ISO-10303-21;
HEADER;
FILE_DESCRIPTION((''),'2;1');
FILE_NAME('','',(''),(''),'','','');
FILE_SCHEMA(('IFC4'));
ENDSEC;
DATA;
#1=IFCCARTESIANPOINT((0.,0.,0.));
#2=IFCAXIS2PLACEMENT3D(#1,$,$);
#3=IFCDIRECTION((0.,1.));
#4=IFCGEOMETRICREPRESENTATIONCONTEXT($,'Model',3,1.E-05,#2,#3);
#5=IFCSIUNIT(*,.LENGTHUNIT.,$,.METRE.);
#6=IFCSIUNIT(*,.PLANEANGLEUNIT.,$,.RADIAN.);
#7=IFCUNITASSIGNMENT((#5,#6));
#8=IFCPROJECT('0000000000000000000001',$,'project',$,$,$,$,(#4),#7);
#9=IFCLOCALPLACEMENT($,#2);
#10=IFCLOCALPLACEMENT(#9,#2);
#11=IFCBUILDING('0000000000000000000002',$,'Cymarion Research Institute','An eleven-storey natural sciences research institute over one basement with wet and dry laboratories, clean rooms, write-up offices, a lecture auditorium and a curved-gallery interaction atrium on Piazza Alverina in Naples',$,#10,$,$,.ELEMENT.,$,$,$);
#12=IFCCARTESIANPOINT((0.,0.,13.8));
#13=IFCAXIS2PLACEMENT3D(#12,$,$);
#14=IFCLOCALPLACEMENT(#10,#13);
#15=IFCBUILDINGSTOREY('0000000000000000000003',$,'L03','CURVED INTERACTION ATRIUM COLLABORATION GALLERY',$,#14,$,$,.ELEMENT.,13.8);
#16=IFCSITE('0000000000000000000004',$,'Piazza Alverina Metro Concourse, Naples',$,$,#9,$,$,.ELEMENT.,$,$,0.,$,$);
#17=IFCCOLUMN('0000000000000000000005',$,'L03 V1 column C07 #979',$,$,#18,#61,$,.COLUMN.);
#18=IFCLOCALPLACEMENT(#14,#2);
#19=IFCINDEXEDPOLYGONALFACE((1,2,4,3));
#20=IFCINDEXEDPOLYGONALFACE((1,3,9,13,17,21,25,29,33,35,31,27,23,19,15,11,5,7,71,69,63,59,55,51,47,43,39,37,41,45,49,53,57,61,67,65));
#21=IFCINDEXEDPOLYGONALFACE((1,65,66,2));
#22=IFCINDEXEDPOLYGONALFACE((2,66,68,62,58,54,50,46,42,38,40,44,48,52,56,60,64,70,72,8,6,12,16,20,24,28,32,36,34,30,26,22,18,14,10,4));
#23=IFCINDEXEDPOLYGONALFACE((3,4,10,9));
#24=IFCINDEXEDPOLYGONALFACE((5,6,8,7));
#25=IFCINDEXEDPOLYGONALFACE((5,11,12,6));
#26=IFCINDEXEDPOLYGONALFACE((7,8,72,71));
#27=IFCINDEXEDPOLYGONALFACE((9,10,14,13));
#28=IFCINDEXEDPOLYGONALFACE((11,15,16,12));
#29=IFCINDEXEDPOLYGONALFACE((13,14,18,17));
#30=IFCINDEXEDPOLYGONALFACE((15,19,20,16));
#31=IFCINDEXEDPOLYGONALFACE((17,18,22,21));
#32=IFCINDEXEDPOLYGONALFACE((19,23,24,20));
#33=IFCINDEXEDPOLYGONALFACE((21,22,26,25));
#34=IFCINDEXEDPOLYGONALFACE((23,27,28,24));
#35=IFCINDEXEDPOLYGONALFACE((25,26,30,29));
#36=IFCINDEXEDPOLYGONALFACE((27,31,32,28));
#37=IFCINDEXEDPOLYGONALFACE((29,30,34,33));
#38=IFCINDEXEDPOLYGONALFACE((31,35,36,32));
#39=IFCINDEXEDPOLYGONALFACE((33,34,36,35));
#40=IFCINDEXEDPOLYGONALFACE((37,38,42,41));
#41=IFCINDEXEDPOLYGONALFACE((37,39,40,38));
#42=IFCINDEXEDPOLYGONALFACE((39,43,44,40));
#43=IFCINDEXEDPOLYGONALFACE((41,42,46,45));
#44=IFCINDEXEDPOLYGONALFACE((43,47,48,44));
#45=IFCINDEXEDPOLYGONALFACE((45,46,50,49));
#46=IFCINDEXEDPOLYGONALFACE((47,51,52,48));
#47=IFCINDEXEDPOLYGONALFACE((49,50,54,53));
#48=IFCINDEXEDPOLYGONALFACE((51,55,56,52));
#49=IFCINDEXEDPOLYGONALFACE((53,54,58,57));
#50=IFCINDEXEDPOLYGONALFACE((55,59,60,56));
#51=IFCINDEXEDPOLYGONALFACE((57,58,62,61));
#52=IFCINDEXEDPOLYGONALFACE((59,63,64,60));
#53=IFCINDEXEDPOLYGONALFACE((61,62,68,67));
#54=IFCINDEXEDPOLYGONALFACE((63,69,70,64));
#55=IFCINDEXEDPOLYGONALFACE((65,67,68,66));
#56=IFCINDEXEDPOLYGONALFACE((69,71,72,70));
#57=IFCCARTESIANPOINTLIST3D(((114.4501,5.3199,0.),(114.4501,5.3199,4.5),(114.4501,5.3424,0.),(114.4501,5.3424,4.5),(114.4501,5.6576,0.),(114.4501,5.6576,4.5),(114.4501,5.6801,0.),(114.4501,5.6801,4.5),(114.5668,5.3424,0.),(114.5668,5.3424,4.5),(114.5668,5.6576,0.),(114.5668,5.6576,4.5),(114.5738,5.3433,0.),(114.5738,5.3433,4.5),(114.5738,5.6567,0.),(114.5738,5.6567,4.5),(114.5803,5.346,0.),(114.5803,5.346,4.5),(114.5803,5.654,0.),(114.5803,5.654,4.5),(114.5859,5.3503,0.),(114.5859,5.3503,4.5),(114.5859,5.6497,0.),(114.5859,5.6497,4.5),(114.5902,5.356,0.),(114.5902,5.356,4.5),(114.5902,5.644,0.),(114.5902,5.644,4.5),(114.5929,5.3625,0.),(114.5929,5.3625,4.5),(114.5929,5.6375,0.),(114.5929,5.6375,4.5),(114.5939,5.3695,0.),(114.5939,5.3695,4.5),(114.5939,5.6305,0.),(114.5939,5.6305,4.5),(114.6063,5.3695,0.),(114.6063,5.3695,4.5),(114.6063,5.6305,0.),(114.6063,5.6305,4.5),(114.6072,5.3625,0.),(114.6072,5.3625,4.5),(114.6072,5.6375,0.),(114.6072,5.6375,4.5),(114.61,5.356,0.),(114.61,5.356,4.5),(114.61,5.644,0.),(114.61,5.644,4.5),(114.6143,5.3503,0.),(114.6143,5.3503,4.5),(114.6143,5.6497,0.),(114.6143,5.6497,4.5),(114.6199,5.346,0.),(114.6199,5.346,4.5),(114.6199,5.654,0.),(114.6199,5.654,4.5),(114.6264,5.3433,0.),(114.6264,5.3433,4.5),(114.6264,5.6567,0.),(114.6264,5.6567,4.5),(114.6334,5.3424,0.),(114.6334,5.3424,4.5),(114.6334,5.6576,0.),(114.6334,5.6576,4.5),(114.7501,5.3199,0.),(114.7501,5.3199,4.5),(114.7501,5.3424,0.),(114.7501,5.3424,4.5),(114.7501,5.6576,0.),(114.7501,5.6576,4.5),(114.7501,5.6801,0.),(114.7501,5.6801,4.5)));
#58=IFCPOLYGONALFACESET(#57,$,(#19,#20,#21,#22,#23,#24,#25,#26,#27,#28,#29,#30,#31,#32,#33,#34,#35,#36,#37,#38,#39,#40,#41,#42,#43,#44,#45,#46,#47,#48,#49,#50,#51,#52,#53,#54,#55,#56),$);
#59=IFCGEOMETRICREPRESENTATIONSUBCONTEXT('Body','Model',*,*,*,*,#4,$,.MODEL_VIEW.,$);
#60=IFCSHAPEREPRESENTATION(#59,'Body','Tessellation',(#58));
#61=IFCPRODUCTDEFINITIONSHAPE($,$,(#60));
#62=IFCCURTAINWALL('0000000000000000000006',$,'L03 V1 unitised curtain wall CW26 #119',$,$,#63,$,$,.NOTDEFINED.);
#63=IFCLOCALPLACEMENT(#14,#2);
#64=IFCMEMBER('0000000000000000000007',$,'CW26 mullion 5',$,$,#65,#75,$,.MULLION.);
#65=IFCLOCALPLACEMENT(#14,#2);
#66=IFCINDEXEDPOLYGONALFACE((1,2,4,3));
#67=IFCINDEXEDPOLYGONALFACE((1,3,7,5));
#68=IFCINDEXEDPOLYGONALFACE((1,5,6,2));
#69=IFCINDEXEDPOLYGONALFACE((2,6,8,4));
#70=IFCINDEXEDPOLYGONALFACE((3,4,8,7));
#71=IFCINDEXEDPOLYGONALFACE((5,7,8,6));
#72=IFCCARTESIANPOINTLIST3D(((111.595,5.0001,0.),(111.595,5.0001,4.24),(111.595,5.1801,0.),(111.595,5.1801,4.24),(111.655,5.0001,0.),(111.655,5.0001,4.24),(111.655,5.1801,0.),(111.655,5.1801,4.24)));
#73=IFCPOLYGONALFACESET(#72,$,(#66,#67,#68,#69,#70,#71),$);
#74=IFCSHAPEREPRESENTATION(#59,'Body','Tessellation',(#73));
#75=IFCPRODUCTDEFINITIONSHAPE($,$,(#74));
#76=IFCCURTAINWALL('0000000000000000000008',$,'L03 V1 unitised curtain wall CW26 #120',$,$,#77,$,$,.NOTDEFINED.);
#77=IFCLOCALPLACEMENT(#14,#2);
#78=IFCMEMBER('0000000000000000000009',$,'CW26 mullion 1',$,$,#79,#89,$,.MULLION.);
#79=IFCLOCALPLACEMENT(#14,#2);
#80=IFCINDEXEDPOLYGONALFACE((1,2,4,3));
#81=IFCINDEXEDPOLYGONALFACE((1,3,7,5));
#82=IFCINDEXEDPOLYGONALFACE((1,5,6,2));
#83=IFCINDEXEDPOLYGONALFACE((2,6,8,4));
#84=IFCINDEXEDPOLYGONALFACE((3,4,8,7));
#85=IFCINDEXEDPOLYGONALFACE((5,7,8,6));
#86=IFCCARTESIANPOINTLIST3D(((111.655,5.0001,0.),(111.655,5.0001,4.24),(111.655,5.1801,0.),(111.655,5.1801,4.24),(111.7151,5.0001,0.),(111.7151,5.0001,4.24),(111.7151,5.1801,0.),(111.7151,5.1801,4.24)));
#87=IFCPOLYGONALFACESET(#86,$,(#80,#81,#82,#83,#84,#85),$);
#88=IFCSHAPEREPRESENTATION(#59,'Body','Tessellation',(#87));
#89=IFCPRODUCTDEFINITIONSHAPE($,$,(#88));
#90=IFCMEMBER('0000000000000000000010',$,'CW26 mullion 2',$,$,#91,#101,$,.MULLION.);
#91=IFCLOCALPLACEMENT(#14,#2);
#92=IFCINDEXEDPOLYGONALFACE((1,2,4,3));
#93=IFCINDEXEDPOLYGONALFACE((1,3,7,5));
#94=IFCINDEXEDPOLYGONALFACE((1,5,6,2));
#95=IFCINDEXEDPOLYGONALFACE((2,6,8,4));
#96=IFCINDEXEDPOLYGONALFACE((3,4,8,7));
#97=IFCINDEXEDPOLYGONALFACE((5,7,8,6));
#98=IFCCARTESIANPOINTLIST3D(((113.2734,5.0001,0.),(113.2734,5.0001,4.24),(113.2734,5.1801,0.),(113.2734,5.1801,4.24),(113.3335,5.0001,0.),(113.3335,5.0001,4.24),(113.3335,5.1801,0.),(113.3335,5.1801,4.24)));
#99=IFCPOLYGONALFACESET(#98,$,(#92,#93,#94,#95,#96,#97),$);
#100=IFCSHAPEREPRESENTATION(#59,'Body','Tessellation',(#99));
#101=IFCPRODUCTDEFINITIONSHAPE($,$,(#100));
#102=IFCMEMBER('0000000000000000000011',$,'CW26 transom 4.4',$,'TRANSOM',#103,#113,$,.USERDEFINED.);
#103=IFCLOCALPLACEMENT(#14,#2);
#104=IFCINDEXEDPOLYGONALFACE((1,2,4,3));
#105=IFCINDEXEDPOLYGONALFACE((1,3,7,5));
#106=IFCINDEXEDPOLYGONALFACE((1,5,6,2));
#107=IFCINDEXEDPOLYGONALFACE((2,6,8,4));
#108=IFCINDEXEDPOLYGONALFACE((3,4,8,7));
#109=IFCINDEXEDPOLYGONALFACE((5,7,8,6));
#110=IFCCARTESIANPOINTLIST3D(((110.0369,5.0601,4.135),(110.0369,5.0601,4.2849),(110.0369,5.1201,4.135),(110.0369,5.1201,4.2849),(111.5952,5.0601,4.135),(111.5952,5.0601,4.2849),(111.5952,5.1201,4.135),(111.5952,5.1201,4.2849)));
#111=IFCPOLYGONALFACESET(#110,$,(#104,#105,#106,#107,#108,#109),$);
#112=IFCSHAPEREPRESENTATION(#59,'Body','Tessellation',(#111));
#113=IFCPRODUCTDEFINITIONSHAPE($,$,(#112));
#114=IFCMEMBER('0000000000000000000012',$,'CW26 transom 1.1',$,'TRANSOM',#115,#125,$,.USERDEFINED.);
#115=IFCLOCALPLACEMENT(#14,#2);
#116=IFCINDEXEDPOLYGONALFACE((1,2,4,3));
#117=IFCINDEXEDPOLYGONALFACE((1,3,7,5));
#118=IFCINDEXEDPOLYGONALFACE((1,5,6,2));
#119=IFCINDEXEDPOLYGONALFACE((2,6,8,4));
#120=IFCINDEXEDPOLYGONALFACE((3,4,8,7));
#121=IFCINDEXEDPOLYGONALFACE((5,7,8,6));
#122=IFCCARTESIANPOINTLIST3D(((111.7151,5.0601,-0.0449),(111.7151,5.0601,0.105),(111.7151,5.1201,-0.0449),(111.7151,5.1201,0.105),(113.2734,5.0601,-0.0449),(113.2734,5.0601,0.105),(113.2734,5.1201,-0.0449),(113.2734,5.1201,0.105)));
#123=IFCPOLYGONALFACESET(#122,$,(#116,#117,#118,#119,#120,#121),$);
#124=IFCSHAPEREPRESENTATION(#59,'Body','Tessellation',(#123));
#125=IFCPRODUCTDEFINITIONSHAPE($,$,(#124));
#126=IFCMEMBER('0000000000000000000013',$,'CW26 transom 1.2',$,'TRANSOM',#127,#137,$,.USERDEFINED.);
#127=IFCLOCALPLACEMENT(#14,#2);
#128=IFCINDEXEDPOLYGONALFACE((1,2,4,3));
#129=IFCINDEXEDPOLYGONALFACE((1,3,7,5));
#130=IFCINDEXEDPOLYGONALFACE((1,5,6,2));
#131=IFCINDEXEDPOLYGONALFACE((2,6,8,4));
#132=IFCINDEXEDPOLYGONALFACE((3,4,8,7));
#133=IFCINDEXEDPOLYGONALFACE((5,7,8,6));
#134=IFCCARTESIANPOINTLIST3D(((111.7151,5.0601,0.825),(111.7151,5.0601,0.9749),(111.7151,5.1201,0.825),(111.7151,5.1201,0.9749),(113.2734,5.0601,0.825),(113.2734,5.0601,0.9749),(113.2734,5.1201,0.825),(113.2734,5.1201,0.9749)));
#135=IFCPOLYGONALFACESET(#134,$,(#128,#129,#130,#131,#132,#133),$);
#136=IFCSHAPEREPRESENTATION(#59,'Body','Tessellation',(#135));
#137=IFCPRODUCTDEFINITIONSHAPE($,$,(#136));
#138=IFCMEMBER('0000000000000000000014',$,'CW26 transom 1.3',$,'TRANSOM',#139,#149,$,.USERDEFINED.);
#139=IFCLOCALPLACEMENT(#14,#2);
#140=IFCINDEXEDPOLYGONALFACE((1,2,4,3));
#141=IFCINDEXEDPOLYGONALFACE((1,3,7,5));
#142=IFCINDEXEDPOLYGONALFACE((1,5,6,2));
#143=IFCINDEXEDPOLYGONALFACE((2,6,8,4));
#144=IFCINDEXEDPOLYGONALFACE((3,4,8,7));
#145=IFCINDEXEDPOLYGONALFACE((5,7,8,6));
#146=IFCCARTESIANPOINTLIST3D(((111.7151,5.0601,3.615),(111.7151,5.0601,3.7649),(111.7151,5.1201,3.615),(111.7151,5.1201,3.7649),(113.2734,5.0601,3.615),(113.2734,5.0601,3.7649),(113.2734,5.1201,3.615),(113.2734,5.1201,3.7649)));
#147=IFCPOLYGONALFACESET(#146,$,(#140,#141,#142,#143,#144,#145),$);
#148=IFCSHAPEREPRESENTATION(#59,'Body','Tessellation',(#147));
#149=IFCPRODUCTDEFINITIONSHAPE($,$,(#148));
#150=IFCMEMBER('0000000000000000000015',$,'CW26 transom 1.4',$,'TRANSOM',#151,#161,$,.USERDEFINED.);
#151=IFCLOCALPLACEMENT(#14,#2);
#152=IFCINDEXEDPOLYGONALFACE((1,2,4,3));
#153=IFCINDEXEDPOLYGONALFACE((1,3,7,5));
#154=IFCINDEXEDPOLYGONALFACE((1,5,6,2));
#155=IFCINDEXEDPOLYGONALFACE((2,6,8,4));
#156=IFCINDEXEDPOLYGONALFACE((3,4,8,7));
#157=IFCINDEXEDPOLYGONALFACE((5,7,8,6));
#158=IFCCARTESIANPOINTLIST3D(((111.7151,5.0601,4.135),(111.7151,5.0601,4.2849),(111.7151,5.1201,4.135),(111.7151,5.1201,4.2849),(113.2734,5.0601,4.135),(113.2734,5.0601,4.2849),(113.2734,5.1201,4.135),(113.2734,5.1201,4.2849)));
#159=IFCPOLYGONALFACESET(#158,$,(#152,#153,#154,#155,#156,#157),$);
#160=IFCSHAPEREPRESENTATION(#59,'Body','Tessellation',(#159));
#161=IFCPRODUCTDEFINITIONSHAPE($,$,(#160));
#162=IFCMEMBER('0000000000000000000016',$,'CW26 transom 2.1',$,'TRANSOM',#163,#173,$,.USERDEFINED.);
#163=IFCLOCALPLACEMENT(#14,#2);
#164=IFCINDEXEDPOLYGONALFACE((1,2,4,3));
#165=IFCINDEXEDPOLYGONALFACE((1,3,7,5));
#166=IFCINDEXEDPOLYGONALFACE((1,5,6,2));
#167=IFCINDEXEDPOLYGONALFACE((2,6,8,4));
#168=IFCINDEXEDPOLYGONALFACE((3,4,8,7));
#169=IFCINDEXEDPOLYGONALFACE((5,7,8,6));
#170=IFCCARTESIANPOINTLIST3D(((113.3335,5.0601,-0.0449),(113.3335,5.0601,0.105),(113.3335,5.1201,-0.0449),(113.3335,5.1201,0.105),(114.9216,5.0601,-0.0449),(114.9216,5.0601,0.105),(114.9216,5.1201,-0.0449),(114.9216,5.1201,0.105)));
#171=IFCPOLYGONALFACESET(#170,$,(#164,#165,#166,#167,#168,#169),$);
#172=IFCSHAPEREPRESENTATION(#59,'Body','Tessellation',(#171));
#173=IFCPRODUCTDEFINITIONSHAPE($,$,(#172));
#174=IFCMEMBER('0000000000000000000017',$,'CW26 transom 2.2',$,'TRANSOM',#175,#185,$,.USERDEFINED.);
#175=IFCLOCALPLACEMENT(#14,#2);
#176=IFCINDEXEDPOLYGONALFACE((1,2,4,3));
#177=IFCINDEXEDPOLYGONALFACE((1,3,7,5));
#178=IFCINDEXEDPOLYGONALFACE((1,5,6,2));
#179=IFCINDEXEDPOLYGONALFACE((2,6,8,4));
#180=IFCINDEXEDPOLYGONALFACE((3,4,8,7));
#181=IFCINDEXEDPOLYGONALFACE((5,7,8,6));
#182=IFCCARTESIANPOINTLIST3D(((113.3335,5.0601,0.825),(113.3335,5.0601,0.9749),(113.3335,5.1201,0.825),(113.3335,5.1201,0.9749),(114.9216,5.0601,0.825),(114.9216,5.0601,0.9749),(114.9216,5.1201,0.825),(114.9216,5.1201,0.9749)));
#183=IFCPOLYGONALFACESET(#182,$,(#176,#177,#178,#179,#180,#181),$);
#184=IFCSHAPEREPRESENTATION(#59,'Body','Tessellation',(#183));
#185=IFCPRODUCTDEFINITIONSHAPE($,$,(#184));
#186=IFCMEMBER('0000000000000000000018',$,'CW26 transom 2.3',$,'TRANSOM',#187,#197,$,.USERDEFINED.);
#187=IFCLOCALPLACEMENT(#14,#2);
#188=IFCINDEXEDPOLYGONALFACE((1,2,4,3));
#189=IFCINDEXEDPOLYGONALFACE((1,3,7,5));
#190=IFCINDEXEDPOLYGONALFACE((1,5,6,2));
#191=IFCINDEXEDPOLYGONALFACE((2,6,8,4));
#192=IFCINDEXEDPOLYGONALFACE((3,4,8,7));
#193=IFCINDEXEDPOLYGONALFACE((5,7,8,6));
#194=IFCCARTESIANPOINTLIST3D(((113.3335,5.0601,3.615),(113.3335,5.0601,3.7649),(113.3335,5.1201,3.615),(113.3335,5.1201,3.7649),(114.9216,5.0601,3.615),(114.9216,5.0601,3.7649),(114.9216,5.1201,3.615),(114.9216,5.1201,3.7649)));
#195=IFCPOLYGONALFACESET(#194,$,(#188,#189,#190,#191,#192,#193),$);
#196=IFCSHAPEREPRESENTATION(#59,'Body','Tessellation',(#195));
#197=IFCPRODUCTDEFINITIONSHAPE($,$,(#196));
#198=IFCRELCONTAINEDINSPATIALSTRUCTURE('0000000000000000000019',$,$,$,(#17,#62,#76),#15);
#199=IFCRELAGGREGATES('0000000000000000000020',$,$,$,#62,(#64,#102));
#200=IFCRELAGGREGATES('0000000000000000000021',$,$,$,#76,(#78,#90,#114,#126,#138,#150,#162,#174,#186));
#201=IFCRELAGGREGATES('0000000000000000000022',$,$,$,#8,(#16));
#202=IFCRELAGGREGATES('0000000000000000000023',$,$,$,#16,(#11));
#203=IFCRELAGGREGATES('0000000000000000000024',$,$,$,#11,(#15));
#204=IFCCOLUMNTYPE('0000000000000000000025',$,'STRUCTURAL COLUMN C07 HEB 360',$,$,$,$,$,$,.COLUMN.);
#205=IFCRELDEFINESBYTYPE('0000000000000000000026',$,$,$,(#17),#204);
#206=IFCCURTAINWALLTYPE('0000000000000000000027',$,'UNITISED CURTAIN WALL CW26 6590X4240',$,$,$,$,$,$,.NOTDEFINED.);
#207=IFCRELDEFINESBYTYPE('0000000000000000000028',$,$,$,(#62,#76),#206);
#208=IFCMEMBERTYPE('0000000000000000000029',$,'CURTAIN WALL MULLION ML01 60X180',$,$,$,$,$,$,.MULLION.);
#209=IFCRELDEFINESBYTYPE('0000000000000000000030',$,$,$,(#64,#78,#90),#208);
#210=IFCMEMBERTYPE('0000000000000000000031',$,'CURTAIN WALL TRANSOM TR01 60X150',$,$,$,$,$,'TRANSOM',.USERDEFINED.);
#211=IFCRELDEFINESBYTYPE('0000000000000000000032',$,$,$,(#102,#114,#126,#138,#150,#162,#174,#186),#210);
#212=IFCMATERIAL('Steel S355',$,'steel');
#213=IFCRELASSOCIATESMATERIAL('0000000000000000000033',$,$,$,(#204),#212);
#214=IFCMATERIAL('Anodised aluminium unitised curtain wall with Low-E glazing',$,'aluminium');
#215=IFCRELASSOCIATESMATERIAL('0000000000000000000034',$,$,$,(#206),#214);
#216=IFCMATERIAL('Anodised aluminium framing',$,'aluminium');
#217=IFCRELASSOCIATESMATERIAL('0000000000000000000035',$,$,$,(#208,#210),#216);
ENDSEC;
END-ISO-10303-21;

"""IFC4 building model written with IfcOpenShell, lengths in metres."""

from ifc_helpers import new_model, si_unit, direction, frame, origin, origin_2d, place, context, subcontext, project, spatial, rectangle, i_section, extrude, material, material_profile, profile_set, type_object, element, aggregate, save


model = new_model("IFC4")

# Units and contexts
model_context = context("Model", 3, precision=1e-05, world=origin(), true_north=direction((0.0, 1.0)))
body_context = subcontext(model_context, "Body", "Model", "MODEL_VIEW")
ifc_project = project(units=[si_unit("LENGTHUNIT", "METRE"), si_unit("PLANEANGLEUNIT", "RADIAN")], contexts=[model_context])

# Site, building, storey
site_placement = place(None, origin())
site = spatial("IfcSite", under=ifc_project, at=site_placement, Name="Piazza Alverina Metro Concourse, Naples", CompositionType="ELEMENT", RefElevation=0.0)
building_placement = place(site_placement, origin())
building = spatial("IfcBuilding", under=site, at=building_placement, Name="Cymarion Research Institute", Description="An eleven-storey natural sciences research institute over one basement with wet and dry laboratories, clean rooms, write-up offices, a lecture auditorium and a curved-gallery interaction atrium on Piazza Alverina in Naples", CompositionType="ELEMENT")
storey_placement = place(building_placement, frame((0.0, 0.0, 13.8)))
storey = spatial("IfcBuildingStorey", under=building, at=storey_placement, Name="L03", Description="CURVED INTERACTION ATRIUM COLLABORATION GALLERY", CompositionType="ELEMENT", Elevation=13.8)

# Column
ifc_material_1 = material(Name="Steel S355", Category="steel")
ifc_material_profile_1 = material_profile(ifc_material_1, i_section(OverallWidth=0.3, OverallDepth=0.3601, WebThickness=0.0125, FlangeThickness=0.0225, FilletRadius=0.0271, at=origin_2d()), Name="HEB 360")
ifc_profile_set_1 = profile_set([ifc_material_profile_1], Name="Steel S355")
column_type = type_object("IfcColumnType", Name="STRUCTURAL COLUMN C07 HEB 360", PredefinedType="COLUMN", material=ifc_profile_set_1)
column_placement = place(storey_placement, frame((114.6001, 5.5, 0.0), z_axis=(0.0, 0.0, 1.0), x_axis=(1.0, 0.0, 0.0)))
element("IfcColumn", 1, at=column_placement, inside=storey, type_object=column_type, Name="L03 V1 column C07 #979", PredefinedType="COLUMN", context=body_context, shape_type="SweptSolid", body=[
    extrude(i_section(OverallWidth=0.3, OverallDepth=0.3601, WebThickness=0.0125, FlangeThickness=0.0225, FilletRadius=0.0271, at=origin_2d()), origin(), (0.0, 0.0, 1.0), 4.5),
])

# Curtain wall, member
ifc_material_2 = material(Name="Anodised aluminium unitised curtain wall with Low-E glazing", Category="aluminium")
curtain_wall_type = type_object("IfcCurtainWallType", Name="UNITISED CURTAIN WALL CW26 6590X4240", PredefinedType="NOTDEFINED", material=ifc_material_2)
curtain_wall_1_placement = place(storey_placement, origin())
curtain_wall_1 = element("IfcCurtainWall", 2, at=curtain_wall_1_placement, inside=storey, type_object=curtain_wall_type, Name="L03 V1 unitised curtain wall CW26 #119", PredefinedType="NOTDEFINED")
ifc_material_3 = material(Name="Anodised aluminium framing", Category="aluminium")
ifc_material_profile_2 = material_profile(ifc_material_3, rectangle(XDim=0.0601, YDim=0.1799, at=origin_2d()), Name="ALU MULLION 60x180")
ifc_profile_set_2 = profile_set([ifc_material_profile_2], Name="Anodised aluminium framing")
member_type_1 = type_object("IfcMemberType", Name="CURTAIN WALL MULLION ML01 60X180", PredefinedType="MULLION", material=ifc_profile_set_2)
member_1_placement = place(storey_placement, frame((111.625, 5.0901, 0.0), z_axis=(0.0, 0.0, 1.0), x_axis=(1.0, 0.0, 0.0)))
member_1 = element("IfcMember", 3, at=member_1_placement, type_object=member_type_1, Name="CW26 mullion 5", PredefinedType="MULLION", context=body_context, shape_type="SweptSolid", body=[
    extrude(rectangle(XDim=0.0601, YDim=0.1799, at=origin_2d()), origin(), (0.0, 0.0, 1.0), 4.24),
])

# Curtain wall, members
curtain_wall_2_placement = place(storey_placement, origin())
curtain_wall_2 = element("IfcCurtainWall", 4, at=curtain_wall_2_placement, inside=storey, type_object=curtain_wall_type, Name="L03 V1 unitised curtain wall CW26 #120", PredefinedType="NOTDEFINED")
member_2_placement = place(storey_placement, frame((111.6851, 5.0901, 0.0), z_axis=(0.0, 0.0, 1.0), x_axis=(1.0, 0.0, 0.0)))
member_2 = element("IfcMember", 5, at=member_2_placement, type_object=member_type_1, Name="CW26 mullion 1", PredefinedType="MULLION", context=body_context, shape_type="SweptSolid", body=[
    extrude(rectangle(XDim=0.0601, YDim=0.1799, at=origin_2d()), origin(), (0.0, 0.0, 1.0), 4.24),
])
member_3_placement = place(storey_placement, frame((113.3035, 5.0901, 0.0), z_axis=(0.0, 0.0, 1.0), x_axis=(1.0, 0.0, 0.0)))
member_3 = element("IfcMember", 6, at=member_3_placement, type_object=member_type_1, Name="CW26 mullion 2", PredefinedType="MULLION", context=body_context, shape_type="SweptSolid", body=[
    extrude(rectangle(XDim=0.0601, YDim=0.1799, at=origin_2d()), origin(), (0.0, 0.0, 1.0), 4.24),
])

# Members
ifc_material_profile_3 = material_profile(ifc_material_3, rectangle(XDim=0.0601, YDim=0.1499, at=origin_2d()), Name="ALU TRANSOM 60x150")
ifc_profile_set_3 = profile_set([ifc_material_profile_3], Name="Anodised aluminium framing")
member_type_2 = type_object("IfcMemberType", Name="CURTAIN WALL TRANSOM TR01 60X150", ElementType="TRANSOM", PredefinedType="USERDEFINED", material=ifc_profile_set_3)
member_4_placement = place(storey_placement, frame((110.0369, 5.0901, 4.21), z_axis=(1.0, 0.0, 0.0), x_axis=(0.0, 1.0, 0.0)))
member_4 = element("IfcMember", 7, at=member_4_placement, type_object=member_type_2, Name="CW26 transom 4.4", ObjectType="TRANSOM", PredefinedType="USERDEFINED", context=body_context, shape_type="SweptSolid", body=[
    extrude(rectangle(XDim=0.0601, YDim=0.1499, at=origin_2d()), origin(), (0.0, 0.0, 1.0), 1.5583),
])
member_5_placement = place(storey_placement, frame((111.7151, 5.0901, 0.03), z_axis=(1.0, 0.0, 0.0), x_axis=(0.0, 1.0, 0.0)))
member_5 = element("IfcMember", 8, at=member_5_placement, type_object=member_type_2, Name="CW26 transom 1.1", ObjectType="TRANSOM", PredefinedType="USERDEFINED", context=body_context, shape_type="SweptSolid", body=[
    extrude(rectangle(XDim=0.0601, YDim=0.1499, at=origin_2d()), origin(), (0.0, 0.0, 1.0), 1.5583),
])
member_6_placement = place(storey_placement, frame((111.7151, 5.0901, 0.8999), z_axis=(1.0, 0.0, 0.0), x_axis=(0.0, 1.0, 0.0)))
member_6 = element("IfcMember", 9, at=member_6_placement, type_object=member_type_2, Name="CW26 transom 1.2", ObjectType="TRANSOM", PredefinedType="USERDEFINED", context=body_context, shape_type="SweptSolid", body=[
    extrude(rectangle(XDim=0.0601, YDim=0.1499, at=origin_2d()), origin(), (0.0, 0.0, 1.0), 1.5583),
])
member_7_placement = place(storey_placement, frame((111.7151, 5.0901, 3.6899), z_axis=(1.0, 0.0, 0.0), x_axis=(0.0, 1.0, 0.0)))
member_7 = element("IfcMember", 10, at=member_7_placement, type_object=member_type_2, Name="CW26 transom 1.3", ObjectType="TRANSOM", PredefinedType="USERDEFINED", context=body_context, shape_type="SweptSolid", body=[
    extrude(rectangle(XDim=0.0601, YDim=0.1499, at=origin_2d()), origin(), (0.0, 0.0, 1.0), 1.5583),
])
member_8_placement = place(storey_placement, frame((111.7151, 5.0901, 4.21), z_axis=(1.0, 0.0, 0.0), x_axis=(0.0, 1.0, 0.0)))
member_8 = element("IfcMember", 11, at=member_8_placement, type_object=member_type_2, Name="CW26 transom 1.4", ObjectType="TRANSOM", PredefinedType="USERDEFINED", context=body_context, shape_type="SweptSolid", body=[
    extrude(rectangle(XDim=0.0601, YDim=0.1499, at=origin_2d()), origin(), (0.0, 0.0, 1.0), 1.5583),
])
member_9_placement = place(storey_placement, frame((113.3335, 5.0901, 0.03), z_axis=(1.0, 0.0, 0.0), x_axis=(0.0, 1.0, 0.0)))
member_9 = element("IfcMember", 12, at=member_9_placement, type_object=member_type_2, Name="CW26 transom 2.1", ObjectType="TRANSOM", PredefinedType="USERDEFINED", context=body_context, shape_type="SweptSolid", body=[
    extrude(rectangle(XDim=0.0601, YDim=0.1499, at=origin_2d()), origin(), (0.0, 0.0, 1.0), 1.5881),
])
member_10_placement = place(storey_placement, frame((113.3335, 5.0901, 0.8999), z_axis=(1.0, 0.0, 0.0), x_axis=(0.0, 1.0, 0.0)))
member_10 = element("IfcMember", 13, at=member_10_placement, type_object=member_type_2, Name="CW26 transom 2.2", ObjectType="TRANSOM", PredefinedType="USERDEFINED", context=body_context, shape_type="SweptSolid", body=[
    extrude(rectangle(XDim=0.0601, YDim=0.1499, at=origin_2d()), origin(), (0.0, 0.0, 1.0), 1.5881),
])
member_11_placement = place(storey_placement, frame((113.3335, 5.0901, 3.6899), z_axis=(1.0, 0.0, 0.0), x_axis=(0.0, 1.0, 0.0)))
member_11 = element("IfcMember", 14, at=member_11_placement, type_object=member_type_2, Name="CW26 transom 2.3", ObjectType="TRANSOM", PredefinedType="USERDEFINED", context=body_context, shape_type="SweptSolid", body=[
    extrude(rectangle(XDim=0.0601, YDim=0.1499, at=origin_2d()), origin(), (0.0, 0.0, 1.0), 1.5881),
])

aggregate(curtain_wall_1, [member_1, member_4])
aggregate(curtain_wall_2, [member_2, member_3, member_5, member_6, member_7, member_8, member_9, member_10, member_11])

save(model, "model.ifc")
